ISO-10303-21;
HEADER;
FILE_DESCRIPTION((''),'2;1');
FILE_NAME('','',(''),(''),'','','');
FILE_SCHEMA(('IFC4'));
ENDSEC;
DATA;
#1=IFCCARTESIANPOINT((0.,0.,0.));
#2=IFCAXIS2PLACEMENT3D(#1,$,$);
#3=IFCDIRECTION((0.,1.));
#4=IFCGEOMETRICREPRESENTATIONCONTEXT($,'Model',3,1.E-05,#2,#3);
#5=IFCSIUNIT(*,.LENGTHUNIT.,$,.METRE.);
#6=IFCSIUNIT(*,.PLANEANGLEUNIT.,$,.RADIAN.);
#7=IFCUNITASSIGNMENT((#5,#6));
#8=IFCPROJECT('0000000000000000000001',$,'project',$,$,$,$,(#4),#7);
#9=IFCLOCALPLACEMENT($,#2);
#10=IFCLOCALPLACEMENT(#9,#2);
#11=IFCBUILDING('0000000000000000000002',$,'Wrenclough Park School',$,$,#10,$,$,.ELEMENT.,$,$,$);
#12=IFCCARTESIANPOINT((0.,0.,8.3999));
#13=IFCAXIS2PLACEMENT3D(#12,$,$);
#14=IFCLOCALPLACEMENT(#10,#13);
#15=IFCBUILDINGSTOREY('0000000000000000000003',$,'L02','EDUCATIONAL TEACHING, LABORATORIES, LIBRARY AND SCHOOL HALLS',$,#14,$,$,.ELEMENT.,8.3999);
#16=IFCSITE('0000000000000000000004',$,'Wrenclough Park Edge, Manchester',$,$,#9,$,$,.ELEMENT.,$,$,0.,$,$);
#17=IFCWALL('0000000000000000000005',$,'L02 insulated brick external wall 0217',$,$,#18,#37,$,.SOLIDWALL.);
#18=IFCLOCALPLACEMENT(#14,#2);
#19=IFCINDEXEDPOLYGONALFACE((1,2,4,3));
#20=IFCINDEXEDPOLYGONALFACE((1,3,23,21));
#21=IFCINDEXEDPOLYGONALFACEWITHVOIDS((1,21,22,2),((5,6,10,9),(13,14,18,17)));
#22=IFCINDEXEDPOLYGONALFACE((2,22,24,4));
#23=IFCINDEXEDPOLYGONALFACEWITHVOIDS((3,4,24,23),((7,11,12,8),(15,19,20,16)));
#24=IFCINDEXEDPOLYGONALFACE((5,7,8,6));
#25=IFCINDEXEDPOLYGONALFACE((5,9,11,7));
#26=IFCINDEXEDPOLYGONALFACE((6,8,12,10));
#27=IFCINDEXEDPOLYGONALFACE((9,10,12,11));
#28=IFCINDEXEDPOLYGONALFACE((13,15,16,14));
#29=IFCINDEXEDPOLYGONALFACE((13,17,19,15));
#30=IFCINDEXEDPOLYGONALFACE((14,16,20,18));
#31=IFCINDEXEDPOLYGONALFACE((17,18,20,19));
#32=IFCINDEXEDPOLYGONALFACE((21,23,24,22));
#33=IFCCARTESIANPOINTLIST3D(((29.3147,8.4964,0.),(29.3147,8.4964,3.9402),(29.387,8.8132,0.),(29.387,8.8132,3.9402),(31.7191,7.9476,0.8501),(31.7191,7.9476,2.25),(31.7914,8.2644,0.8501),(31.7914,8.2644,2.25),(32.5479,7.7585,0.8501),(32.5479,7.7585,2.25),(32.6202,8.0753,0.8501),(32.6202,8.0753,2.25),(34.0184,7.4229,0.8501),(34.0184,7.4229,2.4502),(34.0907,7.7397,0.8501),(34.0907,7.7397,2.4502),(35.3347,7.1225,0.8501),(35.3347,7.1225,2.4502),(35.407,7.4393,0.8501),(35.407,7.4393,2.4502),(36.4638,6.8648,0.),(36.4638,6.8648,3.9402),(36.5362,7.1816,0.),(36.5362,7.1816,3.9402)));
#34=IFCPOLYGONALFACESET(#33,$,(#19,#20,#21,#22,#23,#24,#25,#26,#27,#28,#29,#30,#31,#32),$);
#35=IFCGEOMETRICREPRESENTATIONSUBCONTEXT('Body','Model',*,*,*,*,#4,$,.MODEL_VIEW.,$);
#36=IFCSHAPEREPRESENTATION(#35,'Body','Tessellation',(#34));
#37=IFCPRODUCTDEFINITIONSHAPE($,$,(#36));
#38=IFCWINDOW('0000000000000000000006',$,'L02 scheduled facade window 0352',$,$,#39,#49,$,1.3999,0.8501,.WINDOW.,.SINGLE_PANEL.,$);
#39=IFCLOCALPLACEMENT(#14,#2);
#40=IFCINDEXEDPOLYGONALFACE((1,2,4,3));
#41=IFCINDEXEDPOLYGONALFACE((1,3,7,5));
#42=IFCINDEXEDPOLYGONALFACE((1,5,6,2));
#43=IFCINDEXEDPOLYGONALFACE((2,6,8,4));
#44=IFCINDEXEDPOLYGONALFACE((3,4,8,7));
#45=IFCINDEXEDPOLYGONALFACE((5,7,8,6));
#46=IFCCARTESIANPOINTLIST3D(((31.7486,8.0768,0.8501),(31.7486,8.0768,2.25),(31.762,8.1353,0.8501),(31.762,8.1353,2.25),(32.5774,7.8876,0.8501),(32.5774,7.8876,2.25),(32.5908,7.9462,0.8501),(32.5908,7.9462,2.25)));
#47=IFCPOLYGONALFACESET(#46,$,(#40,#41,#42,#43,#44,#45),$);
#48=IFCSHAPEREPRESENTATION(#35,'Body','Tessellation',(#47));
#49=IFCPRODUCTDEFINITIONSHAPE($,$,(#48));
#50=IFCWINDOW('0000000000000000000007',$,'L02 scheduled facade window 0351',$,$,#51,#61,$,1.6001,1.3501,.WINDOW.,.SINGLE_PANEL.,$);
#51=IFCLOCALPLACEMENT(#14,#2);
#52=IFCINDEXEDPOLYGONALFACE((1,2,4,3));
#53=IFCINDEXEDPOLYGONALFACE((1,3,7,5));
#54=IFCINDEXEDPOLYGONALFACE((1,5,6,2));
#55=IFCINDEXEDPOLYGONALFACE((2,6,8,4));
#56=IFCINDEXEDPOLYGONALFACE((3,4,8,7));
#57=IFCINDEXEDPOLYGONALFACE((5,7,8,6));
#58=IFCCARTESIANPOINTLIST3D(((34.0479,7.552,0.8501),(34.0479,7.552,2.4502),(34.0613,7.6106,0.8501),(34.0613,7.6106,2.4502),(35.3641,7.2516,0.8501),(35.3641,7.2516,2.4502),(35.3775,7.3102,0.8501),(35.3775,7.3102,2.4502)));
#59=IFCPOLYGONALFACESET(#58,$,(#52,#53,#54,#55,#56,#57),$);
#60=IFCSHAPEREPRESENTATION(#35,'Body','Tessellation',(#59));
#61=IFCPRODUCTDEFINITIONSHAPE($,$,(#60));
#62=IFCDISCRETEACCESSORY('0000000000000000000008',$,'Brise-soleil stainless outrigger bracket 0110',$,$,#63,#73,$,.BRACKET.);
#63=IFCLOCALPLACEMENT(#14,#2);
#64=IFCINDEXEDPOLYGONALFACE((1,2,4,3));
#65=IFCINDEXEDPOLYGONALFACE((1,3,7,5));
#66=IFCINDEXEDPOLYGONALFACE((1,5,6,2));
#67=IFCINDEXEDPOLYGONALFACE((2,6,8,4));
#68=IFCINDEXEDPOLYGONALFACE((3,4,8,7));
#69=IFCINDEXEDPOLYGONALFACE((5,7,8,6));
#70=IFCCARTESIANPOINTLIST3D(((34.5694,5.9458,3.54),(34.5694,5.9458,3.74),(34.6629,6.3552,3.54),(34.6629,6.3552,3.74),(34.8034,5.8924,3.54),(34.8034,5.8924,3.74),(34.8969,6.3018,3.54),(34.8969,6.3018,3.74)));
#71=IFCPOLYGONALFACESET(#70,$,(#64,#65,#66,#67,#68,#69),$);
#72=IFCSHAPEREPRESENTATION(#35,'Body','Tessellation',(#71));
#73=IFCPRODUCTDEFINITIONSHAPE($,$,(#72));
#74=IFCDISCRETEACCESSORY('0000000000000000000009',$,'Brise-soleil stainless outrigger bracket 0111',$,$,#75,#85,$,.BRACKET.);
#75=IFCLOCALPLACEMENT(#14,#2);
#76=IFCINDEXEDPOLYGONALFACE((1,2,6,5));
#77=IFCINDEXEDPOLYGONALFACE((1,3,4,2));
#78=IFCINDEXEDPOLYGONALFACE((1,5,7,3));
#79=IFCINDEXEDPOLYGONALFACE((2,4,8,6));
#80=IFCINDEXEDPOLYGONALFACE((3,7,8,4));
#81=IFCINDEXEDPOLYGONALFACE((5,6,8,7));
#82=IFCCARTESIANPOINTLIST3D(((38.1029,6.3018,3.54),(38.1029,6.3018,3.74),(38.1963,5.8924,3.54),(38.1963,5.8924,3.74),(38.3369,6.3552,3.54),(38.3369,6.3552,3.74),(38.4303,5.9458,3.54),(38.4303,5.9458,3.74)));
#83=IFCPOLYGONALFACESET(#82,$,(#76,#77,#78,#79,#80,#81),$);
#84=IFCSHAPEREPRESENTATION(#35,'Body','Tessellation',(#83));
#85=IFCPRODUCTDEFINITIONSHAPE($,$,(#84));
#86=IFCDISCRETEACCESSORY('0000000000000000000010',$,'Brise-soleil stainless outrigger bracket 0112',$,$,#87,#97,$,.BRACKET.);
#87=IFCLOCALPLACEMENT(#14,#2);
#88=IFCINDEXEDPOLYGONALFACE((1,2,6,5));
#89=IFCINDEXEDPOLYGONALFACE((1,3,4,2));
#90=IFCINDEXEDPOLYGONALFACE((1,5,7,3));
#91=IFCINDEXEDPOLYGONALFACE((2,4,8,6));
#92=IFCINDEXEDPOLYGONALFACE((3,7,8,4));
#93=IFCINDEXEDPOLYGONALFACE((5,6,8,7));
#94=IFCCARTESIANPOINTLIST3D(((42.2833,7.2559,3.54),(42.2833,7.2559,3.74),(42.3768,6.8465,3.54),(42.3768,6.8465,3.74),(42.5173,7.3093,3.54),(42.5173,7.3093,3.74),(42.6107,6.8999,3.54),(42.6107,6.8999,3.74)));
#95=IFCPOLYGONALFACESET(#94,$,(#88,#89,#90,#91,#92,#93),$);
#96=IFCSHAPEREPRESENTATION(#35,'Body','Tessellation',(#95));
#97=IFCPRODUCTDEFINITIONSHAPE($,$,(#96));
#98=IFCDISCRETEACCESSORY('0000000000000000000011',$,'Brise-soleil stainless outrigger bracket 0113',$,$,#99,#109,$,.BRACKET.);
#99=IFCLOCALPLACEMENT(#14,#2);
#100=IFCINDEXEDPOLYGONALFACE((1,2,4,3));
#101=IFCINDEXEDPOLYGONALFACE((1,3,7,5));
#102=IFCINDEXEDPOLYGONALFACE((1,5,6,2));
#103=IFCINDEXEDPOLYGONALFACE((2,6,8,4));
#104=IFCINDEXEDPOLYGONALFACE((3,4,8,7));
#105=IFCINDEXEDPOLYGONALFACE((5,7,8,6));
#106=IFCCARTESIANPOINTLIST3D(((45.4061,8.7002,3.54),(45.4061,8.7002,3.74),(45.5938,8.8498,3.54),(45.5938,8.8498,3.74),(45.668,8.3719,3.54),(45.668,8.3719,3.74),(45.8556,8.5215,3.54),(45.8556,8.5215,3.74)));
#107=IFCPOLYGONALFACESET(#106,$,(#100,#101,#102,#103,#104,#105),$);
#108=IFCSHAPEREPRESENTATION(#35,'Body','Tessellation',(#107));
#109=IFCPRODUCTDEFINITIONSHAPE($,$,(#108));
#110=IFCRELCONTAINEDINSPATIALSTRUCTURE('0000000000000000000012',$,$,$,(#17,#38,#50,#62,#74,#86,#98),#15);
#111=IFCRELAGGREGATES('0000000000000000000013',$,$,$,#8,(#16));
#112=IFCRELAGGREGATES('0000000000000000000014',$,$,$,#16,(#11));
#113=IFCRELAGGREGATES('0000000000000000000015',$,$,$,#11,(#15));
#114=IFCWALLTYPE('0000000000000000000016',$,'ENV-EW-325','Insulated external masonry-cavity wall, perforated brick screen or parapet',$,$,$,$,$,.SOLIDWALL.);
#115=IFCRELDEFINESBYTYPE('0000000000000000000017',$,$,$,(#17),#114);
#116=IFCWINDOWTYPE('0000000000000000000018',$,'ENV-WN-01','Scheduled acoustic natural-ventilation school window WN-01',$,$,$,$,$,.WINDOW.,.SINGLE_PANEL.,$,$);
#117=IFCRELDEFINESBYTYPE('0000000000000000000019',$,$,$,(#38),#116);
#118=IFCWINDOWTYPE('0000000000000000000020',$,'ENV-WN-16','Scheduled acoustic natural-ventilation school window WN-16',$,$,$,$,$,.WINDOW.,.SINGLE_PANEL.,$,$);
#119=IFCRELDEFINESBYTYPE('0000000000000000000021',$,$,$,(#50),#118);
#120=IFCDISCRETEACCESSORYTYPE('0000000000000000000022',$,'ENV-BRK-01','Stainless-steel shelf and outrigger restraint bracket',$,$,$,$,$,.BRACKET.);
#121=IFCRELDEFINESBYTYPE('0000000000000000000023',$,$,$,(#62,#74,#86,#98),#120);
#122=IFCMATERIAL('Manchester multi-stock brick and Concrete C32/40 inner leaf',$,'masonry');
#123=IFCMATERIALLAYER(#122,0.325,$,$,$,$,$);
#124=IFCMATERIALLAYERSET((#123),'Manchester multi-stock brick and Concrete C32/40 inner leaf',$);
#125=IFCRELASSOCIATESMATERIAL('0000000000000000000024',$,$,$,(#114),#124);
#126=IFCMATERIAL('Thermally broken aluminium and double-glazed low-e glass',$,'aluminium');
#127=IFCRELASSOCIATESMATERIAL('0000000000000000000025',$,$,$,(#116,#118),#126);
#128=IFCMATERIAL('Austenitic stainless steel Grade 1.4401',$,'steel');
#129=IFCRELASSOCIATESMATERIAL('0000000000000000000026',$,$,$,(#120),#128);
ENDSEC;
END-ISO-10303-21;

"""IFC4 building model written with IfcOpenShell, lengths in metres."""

from ifc_helpers import new_model, si_unit, direction, frame, frame_2d, origin, origin_2d, place, context, subcontext, project, spatial, rectangle, extrude, material, layer, layer_set, type_object, element, fill, save


model = new_model("IFC4")

# Units and contexts
model_context = context("Model", 3, precision=1e-05, world=origin(), true_north=direction((0.0, 1.0)))
body_context = subcontext(model_context, "Body", "Model", "MODEL_VIEW")
ifc_project = project(units=[si_unit("LENGTHUNIT", "METRE"), si_unit("PLANEANGLEUNIT", "RADIAN")], contexts=[model_context])

# Site, building, storey
site_placement = place(None, origin())
site = spatial("IfcSite", under=ifc_project, at=site_placement, Name="Wrenclough Park Edge, Manchester", CompositionType="ELEMENT", RefElevation=0.0)
building_placement = place(site_placement, origin())
building = spatial("IfcBuilding", under=site, at=building_placement, Name="Wrenclough Park School", CompositionType="ELEMENT")
storey_placement = place(building_placement, frame((0.0, 0.0, 8.3999)))
storey = spatial("IfcBuildingStorey", under=building, at=storey_placement, Name="L02", Description="EDUCATIONAL TEACHING, LABORATORIES, LIBRARY AND SCHOOL HALLS", CompositionType="ELEMENT", Elevation=8.3999)

# Wall, openings, windows
ifc_material_1 = material(Name="Manchester multi-stock brick and Concrete C32/40 inner leaf", Category="masonry")
ifc_layer_1 = layer(ifc_material_1, 0.325)
ifc_layer_set_1 = layer_set([ifc_layer_1], Name="Manchester multi-stock brick and Concrete C32/40 inner leaf")
wall_type_1 = type_object("IfcWallType", Name="ENV-EW-325", Description="Insulated external masonry-cavity wall, perforated brick screen or parapet", PredefinedType="SOLIDWALL", material=ifc_layer_set_1)
wall_1_placement = place(storey_placement, frame((36.5, 7.0232, 0.0), z_axis=(0.0, 0.0, 1.0), x_axis=(-0.974933, 0.2225, 0.0)))
wall_1 = element("IfcWall", 1, at=wall_1_placement, inside=storey, type_object=wall_type_1, Name="L02 insulated brick external wall 0217", PredefinedType="SOLIDWALL", context=body_context, shape_type="SweptSolid", body=[
    extrude(rectangle(XDim=7.333, YDim=0.325, at=frame_2d((3.6665, 0.0))), origin(), (0.0, 0.0, 1.0), 3.9402),
])
opening_1_placement = place(wall_1_placement, frame((1.1582, 0.0, 0.8501)))
opening_1 = element("IfcOpeningElement", 2, at=opening_1_placement, cuts=wall_1, PredefinedType="OPENING", context=body_context, shape_type="SweptSolid", body=[
    extrude(rectangle(XDim=1.3501, YDim=1.6001, at=frame_2d((0.675, 0.8))), frame((0.0, 0.1724, 0.0), z_axis=(0.0, -1.0, 0.0), x_axis=(1.0, 0.0, 0.0)), (0.0, 0.0, 1.0), 0.345),
])
opening_2_placement = place(wall_1_placement, frame((4.0166, 0.0, 0.8501)))
opening_2 = element("IfcOpeningElement", 3, at=opening_2_placement, cuts=wall_1, PredefinedType="OPENING", context=body_context, shape_type="SweptSolid", body=[
    extrude(rectangle(XDim=0.8501, YDim=1.3999, at=frame_2d((0.425, 0.7))), frame((0.0, 0.1724, 0.0), z_axis=(0.0, -1.0, 0.0), x_axis=(1.0, 0.0, 0.0)), (0.0, 0.0, 1.0), 0.345),
])
ifc_material_2 = material(Name="Thermally broken aluminium and double-glazed low-e glass", Category="aluminium")
window_type_1 = type_object("IfcWindowType", Name="ENV-WN-01", Description="Scheduled acoustic natural-ventilation school window WN-01", PartitioningType="SINGLE_PANEL", PredefinedType="WINDOW", material=ifc_material_2)
window_1_placement = place(opening_2_placement, origin())
window_1 = element("IfcWindow", 4, at=window_1_placement, inside=storey, type_object=window_type_1, Name="L02 scheduled facade window 0352", OverallHeight=1.3999, OverallWidth=0.8501, PartitioningType="SINGLE_PANEL", PredefinedType="WINDOW", context=body_context, shape_type="SweptSolid", body=[
    extrude(rectangle(XDim=0.8501, YDim=1.3999, at=frame_2d((0.425, 0.7))), frame((0.0, 0.03, 0.0), z_axis=(0.0, -1.0, 0.0), x_axis=(1.0, 0.0, 0.0)), (0.0, 0.0, 1.0), 0.0601),
])
fill(opening_2, window_1)
window_type_2 = type_object("IfcWindowType", Name="ENV-WN-16", Description="Scheduled acoustic natural-ventilation school window WN-16", PartitioningType="SINGLE_PANEL", PredefinedType="WINDOW", material=ifc_material_2)
window_2_placement = place(opening_1_placement, origin())
window_2 = element("IfcWindow", 5, at=window_2_placement, inside=storey, type_object=window_type_2, Name="L02 scheduled facade window 0351", OverallHeight=1.6001, OverallWidth=1.3501, PartitioningType="SINGLE_PANEL", PredefinedType="WINDOW", context=body_context, shape_type="SweptSolid", body=[
    extrude(rectangle(XDim=1.3501, YDim=1.6001, at=frame_2d((0.675, 0.8))), frame((0.0, 0.03, 0.0), z_axis=(0.0, -1.0, 0.0), x_axis=(1.0, 0.0, 0.0)), (0.0, 0.0, 1.0), 0.0601),
])
fill(opening_1, window_2)

# Discrete accessories
ifc_material_3 = material(Name="Austenitic stainless steel Grade 1.4401", Category="steel")
discrete_accessory_type = type_object("IfcDiscreteAccessoryType", Name="ENV-BRK-01", Description="Stainless-steel shelf and outrigger restraint bracket", PredefinedType="BRACKET", material=ifc_material_3)
for number, where, z_axis, x_axis, name in (
    (6, (34.7332, 6.1238, 3.54), (0.0, 0.0, 1.0), (0.974926, -0.222528, 0.0), "Brise-soleil stainless outrigger bracket 0110"),
    (7, (38.2666, 6.1238, 3.54), (0.0, 0.0, 1.0), (0.974929, 0.222516, 0.0), "Brise-soleil stainless outrigger bracket 0111"),
    (8, (42.447, 7.0779, 3.54), (0.0, 0.0, 1.0), (0.974929, 0.222516, 0.0), "Brise-soleil stainless outrigger bracket 0112"),
    (9, (45.6309, 8.6108, 3.54), (0.0, 0.0, 1.0), (0.78183, 0.623492, 0.0), "Brise-soleil stainless outrigger bracket 0113"),
):
    element("IfcDiscreteAccessory", number, at=place(storey_placement, frame(where, z_axis=z_axis, x_axis=x_axis)), inside=storey, type_object=discrete_accessory_type, Name=name, PredefinedType="BRACKET", context=body_context, shape_type="SweptSolid", body=[
        extrude(rectangle(XDim=0.24, YDim=0.4199, at=origin_2d()), origin(), (0.0, 0.0, 1.0), 0.2),
    ])

save(model, "model.ifc")
